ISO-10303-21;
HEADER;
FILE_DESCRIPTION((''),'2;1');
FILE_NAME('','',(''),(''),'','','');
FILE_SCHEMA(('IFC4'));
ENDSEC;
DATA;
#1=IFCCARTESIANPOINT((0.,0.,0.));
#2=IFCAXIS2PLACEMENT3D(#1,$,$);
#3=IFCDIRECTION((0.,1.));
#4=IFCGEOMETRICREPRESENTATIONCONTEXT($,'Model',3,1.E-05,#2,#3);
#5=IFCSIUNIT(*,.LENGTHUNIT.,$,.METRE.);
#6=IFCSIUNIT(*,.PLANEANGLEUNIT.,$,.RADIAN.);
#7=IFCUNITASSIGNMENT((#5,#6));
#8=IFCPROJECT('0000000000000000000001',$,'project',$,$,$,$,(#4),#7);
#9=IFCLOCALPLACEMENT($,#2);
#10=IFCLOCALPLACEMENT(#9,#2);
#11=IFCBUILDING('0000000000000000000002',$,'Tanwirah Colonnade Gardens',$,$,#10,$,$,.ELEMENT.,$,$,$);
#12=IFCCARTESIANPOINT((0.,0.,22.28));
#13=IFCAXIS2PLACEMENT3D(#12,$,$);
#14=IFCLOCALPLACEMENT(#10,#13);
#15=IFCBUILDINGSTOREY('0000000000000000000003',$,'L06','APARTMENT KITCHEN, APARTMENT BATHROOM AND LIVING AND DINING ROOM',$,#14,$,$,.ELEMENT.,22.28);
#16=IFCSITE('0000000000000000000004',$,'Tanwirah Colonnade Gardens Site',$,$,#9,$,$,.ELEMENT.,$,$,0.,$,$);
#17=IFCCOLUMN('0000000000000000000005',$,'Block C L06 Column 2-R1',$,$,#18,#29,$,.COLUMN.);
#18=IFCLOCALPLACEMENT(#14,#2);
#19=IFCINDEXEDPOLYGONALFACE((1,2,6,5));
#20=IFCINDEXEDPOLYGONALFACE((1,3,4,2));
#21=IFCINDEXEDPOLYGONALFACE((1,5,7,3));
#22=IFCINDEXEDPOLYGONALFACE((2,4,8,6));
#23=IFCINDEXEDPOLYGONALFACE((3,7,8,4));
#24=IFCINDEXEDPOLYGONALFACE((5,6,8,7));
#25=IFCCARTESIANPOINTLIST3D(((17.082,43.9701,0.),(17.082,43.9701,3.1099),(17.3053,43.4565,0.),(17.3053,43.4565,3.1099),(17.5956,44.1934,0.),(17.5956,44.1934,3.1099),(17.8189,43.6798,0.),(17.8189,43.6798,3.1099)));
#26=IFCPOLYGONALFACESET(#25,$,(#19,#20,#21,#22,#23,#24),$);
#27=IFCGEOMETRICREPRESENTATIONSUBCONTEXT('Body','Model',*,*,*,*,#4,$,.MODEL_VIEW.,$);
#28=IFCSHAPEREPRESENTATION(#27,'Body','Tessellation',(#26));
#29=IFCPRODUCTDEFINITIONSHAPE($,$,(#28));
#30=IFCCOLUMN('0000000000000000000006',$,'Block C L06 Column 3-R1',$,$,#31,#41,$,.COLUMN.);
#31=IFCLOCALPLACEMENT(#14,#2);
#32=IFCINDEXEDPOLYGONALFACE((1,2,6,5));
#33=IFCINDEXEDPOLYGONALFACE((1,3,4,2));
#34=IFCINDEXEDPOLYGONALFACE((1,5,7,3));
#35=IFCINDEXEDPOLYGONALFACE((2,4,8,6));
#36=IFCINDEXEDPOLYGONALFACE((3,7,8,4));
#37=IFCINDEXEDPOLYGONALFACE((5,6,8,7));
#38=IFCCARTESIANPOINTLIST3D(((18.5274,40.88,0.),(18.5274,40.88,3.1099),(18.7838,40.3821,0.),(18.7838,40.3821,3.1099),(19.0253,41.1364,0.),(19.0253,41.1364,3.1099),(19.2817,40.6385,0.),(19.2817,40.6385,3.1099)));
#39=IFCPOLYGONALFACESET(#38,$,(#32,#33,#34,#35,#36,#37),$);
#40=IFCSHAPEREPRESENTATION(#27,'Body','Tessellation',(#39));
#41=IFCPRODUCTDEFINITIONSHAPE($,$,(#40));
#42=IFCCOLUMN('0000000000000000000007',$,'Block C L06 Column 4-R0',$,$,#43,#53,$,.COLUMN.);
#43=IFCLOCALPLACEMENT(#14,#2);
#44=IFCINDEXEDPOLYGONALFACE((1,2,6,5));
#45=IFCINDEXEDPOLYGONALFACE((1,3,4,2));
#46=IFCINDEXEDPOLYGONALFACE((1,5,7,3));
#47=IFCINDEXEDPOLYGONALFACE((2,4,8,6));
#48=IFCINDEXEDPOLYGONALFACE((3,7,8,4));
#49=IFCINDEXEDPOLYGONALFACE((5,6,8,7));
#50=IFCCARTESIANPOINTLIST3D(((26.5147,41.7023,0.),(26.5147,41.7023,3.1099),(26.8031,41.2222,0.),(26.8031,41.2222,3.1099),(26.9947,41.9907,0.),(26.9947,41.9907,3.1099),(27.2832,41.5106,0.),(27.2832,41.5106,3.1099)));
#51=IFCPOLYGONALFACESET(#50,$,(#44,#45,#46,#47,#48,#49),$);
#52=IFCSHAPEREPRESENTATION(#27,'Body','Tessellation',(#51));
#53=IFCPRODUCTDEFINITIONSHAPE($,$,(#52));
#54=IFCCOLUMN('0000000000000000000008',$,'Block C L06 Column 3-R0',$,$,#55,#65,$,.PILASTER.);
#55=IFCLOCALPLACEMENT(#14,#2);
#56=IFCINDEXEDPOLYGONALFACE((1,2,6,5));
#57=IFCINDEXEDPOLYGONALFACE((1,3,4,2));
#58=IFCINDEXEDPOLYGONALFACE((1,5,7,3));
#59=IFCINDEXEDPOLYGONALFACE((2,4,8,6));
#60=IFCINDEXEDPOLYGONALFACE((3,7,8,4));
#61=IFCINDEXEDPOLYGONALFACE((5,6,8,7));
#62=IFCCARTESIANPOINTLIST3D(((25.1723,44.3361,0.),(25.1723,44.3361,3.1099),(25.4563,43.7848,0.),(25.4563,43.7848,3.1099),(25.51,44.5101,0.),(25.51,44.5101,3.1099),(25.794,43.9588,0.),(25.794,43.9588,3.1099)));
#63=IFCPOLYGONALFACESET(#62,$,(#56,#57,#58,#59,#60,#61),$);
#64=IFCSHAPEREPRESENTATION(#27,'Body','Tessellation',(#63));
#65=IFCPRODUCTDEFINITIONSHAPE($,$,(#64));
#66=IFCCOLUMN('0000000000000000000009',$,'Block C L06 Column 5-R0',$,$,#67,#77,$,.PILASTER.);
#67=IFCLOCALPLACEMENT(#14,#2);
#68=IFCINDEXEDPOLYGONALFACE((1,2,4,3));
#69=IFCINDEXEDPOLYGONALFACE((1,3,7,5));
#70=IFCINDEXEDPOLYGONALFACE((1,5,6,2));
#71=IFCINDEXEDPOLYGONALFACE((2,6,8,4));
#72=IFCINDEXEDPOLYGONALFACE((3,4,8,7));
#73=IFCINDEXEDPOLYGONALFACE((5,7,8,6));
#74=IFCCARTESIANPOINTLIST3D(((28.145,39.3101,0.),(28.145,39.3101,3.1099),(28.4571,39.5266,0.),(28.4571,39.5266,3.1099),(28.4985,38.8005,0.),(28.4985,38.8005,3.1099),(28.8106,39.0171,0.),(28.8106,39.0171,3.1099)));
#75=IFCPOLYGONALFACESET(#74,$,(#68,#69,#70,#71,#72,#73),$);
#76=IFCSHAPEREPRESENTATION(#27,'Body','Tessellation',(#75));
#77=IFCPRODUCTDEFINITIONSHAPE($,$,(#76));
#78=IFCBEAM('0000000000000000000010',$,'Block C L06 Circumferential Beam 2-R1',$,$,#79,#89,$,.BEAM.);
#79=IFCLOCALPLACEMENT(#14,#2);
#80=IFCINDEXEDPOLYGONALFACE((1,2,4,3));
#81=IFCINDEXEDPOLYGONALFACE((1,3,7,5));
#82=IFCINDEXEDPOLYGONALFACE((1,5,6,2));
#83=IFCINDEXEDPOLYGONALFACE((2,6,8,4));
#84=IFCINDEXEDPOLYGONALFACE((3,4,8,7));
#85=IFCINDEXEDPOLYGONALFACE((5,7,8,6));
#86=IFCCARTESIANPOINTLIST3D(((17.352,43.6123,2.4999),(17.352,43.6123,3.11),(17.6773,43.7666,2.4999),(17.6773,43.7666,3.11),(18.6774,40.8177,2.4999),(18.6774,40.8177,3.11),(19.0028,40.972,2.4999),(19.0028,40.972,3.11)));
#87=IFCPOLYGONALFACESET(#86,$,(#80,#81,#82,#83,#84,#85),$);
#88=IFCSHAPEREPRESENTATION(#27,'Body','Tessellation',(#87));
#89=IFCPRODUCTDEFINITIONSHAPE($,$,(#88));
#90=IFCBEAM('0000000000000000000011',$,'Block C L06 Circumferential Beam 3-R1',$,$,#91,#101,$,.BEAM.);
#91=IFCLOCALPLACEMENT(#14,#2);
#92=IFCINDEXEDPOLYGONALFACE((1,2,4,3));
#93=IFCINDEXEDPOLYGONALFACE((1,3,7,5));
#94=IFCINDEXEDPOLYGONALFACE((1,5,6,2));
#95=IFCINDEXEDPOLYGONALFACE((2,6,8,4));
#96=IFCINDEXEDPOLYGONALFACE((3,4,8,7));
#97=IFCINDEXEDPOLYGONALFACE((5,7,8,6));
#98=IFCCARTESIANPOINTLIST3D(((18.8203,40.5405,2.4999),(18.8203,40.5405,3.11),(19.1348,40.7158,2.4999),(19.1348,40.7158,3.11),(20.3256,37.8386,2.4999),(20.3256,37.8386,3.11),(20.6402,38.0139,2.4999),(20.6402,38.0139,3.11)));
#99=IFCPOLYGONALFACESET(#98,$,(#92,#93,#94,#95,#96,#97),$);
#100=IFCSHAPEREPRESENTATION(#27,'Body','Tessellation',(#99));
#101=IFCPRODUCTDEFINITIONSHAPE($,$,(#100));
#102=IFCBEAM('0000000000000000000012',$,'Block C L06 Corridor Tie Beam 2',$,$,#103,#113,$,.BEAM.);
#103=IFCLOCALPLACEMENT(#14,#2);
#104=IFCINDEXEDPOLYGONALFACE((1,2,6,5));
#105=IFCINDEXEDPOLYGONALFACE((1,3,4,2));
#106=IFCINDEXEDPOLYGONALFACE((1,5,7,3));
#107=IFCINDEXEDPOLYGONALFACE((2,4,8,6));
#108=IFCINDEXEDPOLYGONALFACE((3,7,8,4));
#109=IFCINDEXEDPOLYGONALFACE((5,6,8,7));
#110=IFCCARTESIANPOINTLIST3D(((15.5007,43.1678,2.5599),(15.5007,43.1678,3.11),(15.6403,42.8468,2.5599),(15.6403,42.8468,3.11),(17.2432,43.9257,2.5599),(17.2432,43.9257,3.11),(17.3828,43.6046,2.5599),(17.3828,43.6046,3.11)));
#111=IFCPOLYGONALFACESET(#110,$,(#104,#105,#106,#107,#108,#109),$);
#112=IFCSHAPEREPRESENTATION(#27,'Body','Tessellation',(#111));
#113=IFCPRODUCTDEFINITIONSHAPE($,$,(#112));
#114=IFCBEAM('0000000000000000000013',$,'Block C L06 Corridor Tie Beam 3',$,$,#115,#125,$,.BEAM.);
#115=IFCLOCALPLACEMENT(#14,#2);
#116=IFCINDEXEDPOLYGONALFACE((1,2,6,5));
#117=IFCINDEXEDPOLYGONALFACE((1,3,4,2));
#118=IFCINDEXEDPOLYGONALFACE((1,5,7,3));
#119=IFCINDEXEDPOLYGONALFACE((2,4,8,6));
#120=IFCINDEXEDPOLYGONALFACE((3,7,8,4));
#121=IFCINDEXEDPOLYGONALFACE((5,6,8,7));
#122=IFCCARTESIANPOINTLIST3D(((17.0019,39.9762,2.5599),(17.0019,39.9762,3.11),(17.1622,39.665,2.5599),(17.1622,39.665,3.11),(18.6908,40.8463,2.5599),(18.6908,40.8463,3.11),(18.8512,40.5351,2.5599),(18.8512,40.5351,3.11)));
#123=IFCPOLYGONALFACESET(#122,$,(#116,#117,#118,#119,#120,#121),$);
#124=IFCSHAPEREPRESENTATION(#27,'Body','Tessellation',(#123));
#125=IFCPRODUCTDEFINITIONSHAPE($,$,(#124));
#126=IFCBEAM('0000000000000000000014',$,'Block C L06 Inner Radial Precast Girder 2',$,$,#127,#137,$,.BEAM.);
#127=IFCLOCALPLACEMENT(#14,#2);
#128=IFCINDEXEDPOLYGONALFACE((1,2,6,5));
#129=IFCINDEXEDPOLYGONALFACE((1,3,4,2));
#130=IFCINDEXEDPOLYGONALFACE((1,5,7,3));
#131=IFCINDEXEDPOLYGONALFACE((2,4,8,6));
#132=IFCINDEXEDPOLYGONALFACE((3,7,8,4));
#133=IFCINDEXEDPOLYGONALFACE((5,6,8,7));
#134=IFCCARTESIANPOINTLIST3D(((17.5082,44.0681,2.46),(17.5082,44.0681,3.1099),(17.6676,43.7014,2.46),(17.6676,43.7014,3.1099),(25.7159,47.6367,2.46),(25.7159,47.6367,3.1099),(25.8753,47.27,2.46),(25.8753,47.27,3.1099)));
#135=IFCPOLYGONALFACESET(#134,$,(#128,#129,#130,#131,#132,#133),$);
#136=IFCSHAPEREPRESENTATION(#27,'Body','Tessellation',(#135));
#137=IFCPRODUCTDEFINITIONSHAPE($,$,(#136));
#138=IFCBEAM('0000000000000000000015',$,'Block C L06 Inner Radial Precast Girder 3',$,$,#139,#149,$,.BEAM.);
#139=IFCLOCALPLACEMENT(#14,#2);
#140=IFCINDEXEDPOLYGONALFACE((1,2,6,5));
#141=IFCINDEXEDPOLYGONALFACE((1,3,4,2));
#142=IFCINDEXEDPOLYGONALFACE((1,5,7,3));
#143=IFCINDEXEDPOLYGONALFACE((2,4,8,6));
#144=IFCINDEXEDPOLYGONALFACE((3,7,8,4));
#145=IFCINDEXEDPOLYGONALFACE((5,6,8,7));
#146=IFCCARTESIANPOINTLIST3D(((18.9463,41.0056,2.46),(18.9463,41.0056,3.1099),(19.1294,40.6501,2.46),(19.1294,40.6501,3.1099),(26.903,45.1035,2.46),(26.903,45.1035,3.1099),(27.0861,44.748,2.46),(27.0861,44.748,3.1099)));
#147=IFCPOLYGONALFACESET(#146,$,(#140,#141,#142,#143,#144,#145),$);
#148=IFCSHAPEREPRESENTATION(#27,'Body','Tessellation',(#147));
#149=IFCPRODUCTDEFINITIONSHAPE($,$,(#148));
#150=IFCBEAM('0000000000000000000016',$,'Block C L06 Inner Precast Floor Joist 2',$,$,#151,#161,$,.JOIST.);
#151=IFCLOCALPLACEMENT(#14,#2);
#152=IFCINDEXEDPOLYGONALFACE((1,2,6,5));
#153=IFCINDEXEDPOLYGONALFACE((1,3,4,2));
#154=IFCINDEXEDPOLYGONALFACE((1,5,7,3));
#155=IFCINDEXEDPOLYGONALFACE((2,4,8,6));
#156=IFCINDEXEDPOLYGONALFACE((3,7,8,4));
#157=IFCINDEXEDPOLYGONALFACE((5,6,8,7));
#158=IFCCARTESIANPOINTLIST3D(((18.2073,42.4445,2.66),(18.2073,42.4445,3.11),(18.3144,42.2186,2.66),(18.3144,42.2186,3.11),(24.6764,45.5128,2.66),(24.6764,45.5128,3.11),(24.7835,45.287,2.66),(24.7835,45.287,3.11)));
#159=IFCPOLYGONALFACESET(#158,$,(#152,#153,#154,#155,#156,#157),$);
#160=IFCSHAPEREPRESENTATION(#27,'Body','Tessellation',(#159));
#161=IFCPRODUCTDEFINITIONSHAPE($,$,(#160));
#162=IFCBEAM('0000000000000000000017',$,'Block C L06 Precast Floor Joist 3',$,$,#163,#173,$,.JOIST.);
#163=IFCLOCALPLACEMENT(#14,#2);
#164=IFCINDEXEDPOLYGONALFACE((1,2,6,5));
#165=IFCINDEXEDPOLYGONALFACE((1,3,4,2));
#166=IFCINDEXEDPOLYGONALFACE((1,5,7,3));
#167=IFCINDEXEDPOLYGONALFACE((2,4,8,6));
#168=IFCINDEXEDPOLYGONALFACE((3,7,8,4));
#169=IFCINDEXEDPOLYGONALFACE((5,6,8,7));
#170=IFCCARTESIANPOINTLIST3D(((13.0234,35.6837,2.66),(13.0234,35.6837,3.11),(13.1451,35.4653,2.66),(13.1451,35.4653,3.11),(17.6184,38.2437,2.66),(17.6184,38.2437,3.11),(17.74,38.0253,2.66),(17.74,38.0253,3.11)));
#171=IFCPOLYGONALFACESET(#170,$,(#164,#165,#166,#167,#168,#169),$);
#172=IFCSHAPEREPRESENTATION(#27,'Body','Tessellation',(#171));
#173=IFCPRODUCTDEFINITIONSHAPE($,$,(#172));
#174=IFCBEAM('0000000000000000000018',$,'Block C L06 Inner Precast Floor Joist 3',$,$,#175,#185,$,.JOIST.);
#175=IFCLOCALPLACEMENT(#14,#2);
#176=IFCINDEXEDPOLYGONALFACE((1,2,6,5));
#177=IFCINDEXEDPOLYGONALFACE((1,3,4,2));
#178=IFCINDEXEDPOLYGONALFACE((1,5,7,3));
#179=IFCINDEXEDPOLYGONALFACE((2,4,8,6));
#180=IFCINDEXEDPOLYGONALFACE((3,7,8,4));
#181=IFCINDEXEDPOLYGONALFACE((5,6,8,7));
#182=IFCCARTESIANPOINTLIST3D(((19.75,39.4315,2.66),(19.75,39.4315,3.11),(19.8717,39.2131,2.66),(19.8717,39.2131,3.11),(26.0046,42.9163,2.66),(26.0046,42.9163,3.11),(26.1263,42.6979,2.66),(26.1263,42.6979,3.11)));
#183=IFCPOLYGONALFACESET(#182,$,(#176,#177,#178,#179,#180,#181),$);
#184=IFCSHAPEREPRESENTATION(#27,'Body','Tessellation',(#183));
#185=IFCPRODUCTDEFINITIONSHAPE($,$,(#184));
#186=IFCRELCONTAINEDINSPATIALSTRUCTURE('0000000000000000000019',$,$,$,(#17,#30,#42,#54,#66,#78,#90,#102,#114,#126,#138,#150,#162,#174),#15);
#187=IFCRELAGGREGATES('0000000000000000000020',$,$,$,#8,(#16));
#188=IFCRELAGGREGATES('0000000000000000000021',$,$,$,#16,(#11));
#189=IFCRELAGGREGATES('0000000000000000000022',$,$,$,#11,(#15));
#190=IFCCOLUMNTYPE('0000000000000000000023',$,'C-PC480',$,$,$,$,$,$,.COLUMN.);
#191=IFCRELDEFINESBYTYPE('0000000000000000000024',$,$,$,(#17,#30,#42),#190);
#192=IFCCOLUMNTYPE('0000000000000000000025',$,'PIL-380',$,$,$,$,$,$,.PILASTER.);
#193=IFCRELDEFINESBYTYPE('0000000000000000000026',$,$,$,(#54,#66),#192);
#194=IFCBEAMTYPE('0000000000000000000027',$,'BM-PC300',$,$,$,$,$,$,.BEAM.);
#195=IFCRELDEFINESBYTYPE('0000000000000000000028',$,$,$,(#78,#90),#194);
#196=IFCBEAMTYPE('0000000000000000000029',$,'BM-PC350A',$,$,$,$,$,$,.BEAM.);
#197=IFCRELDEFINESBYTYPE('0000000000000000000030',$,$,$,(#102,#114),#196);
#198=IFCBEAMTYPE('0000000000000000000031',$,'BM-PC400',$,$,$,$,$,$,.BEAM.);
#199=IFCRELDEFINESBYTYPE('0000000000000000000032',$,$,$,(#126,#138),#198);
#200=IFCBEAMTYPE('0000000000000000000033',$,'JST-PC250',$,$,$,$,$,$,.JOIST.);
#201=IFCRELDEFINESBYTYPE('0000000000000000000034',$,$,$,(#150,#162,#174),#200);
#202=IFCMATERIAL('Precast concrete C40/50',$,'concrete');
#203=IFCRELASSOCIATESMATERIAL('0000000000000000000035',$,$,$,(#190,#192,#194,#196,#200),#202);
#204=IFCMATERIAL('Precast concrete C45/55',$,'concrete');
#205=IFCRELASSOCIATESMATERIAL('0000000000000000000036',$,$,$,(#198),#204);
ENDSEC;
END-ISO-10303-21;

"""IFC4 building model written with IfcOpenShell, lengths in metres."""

from ifc_helpers import new_model, si_unit, direction, frame, origin, origin_2d, place, context, subcontext, project, spatial, rectangle, extrude, material, material_profile, profile_set, type_object, element, save


model = new_model("IFC4")

# Units and contexts
model_context = context("Model", 3, precision=1e-05, world=origin(), true_north=direction((0.0, 1.0)))
body_context = subcontext(model_context, "Body", "Model", "MODEL_VIEW")
ifc_project = project(units=[si_unit("LENGTHUNIT", "METRE"), si_unit("PLANEANGLEUNIT", "RADIAN")], contexts=[model_context])

# Site, building, storey
site_placement = place(None, origin())
site = spatial("IfcSite", under=ifc_project, at=site_placement, Name="Tanwirah Colonnade Gardens Site", CompositionType="ELEMENT", RefElevation=0.0)
building_placement = place(site_placement, origin())
building = spatial("IfcBuilding", under=site, at=building_placement, Name="Tanwirah Colonnade Gardens", CompositionType="ELEMENT")
storey_placement = place(building_placement, frame((0.0, 0.0, 22.28)))
storey = spatial("IfcBuildingStorey", under=building, at=storey_placement, Name="L06", Description="APARTMENT KITCHEN, APARTMENT BATHROOM AND LIVING AND DINING ROOM", CompositionType="ELEMENT", Elevation=22.28)

# Columns
ifc_material_1 = material(Name="Precast concrete C40/50", Category="concrete")
ifc_material_profile_1 = material_profile(ifc_material_1, rectangle(XDim=0.5601, YDim=0.5601, at=origin_2d()), Name="PC-COL 560x560")
ifc_profile_set_1 = profile_set([ifc_material_profile_1], Name="Precast concrete C40/50")
column_type_1 = type_object("IfcColumnType", Name="C-PC480", PredefinedType="COLUMN", material=ifc_profile_set_1)
for number, where, z_axis, x_axis, name in (
    (1, (17.4504, 43.825, 0.0), (0.0, 0.0, 1.0), (-0.91706, -0.398749, 0.0), "Block C L06 Column 2-R1"),
    (2, (18.9045, 40.7593, 0.0), (0.0, 0.0, 1.0), (-0.889017, -0.457874, 0.0), "Block C L06 Column 3-R1"),
    (3, (26.8989, 41.6064, 0.0), (0.0, 0.0, 1.0), (-0.857167, -0.515038, 0.0), "Block C L06 Column 4-R0"),
):
    element("IfcColumn", number, at=place(storey_placement, frame(where, z_axis=z_axis, x_axis=x_axis)), inside=storey, type_object=column_type_1, Name=name, PredefinedType="COLUMN", context=body_context, shape_type="SweptSolid", body=[
        extrude(rectangle(XDim=0.5601, YDim=0.5601, at=origin_2d()), origin(), (0.0, 0.0, 1.0), 3.1099),
    ])
ifc_material_profile_2 = material_profile(ifc_material_1, rectangle(XDim=0.3799, YDim=0.6201, at=origin_2d()), Name="PC-PIL 380x620")
ifc_profile_set_2 = profile_set([ifc_material_profile_2], Name="Precast concrete C40/50")
column_type_2 = type_object("IfcColumnType", Name="PIL-380", PredefinedType="PILASTER", material=ifc_profile_set_2)
for number, where, z_axis, x_axis, name in (
    (4, (25.4832, 44.1475, 0.0), (0.0, 0.0, 1.0), (-0.889017, -0.457874, 0.0), "Block C L06 Column 3-R0"),
    (5, (28.4778, 39.1636, 0.0), (0.0, 0.0, 1.0), (-0.821647, -0.569997, 0.0), "Block C L06 Column 5-R0"),
):
    element("IfcColumn", number, at=place(storey_placement, frame(where, z_axis=z_axis, x_axis=x_axis)), inside=storey, type_object=column_type_2, Name=name, PredefinedType="PILASTER", context=body_context, shape_type="SweptSolid", body=[
        extrude(rectangle(XDim=0.3799, YDim=0.6201, at=origin_2d()), origin(), (0.0, 0.0, 1.0), 3.1099),
    ])

# Beams
ifc_material_profile_3 = material_profile(ifc_material_1, rectangle(XDim=0.3601, YDim=0.6101, at=origin_2d()), Name="PC-BM 360x610")
ifc_profile_set_3 = profile_set([ifc_material_profile_3], Name="Precast concrete C40/50")
beam_type_1 = type_object("IfcBeamType", Name="BM-PC300", PredefinedType="BEAM", material=ifc_profile_set_3)
for number, where, z_axis, x_axis, name in (
    (6, (17.5146, 43.6895, 2.8049), (0.428521, -0.903532, 0.0), (0.903532, 0.428521, 0.0), "Block C L06 Circumferential Beam 2-R1"),
    (7, (18.9775, 40.6282, 2.8049), (0.486708, -0.873565, 0.0), (0.873565, 0.486708, 0.0), "Block C L06 Circumferential Beam 3-R1"),
):
    element("IfcBeam", number, at=place(storey_placement, frame(where, z_axis=z_axis, x_axis=x_axis)), inside=storey, type_object=beam_type_1, Name=name, PredefinedType="BEAM", context=body_context, shape_type="SweptSolid", body=[
        extrude(rectangle(XDim=0.3601, YDim=0.6101, at=origin_2d()), origin(), (0.0, 0.0, 1.0), 3.093),
    ])
ifc_material_profile_4 = material_profile(ifc_material_1, rectangle(XDim=0.3501, YDim=0.55, at=origin_2d()), Name="PC-BM 350x550")
ifc_profile_set_4 = profile_set([ifc_material_profile_4], Name="Precast concrete C40/50")
beam_type_2 = type_object("IfcBeamType", Name="BM-PC350A", PredefinedType="BEAM", material=ifc_profile_set_4)
beam_1_placement = place(storey_placement, frame((17.313, 43.7651, 2.835), z_axis=(-0.917025, -0.398829, 0.0), x_axis=(0.398829, -0.917025, 0.0)))
element("IfcBeam", 8, at=beam_1_placement, inside=storey, type_object=beam_type_2, Name="Block C L06 Corridor Tie Beam 2", PredefinedType="BEAM", context=body_context, shape_type="SweptSolid", body=[
    extrude(rectangle(XDim=0.3501, YDim=0.55, at=origin_2d()), origin(), (0.0, 0.0, 1.0), 1.9001),
])
beam_2_placement = place(storey_placement, frame((18.771, 40.6907, 2.835), z_axis=(-0.888965, -0.457975, 0.0), x_axis=(0.457975, -0.888965, 0.0)))
element("IfcBeam", 9, at=beam_2_placement, inside=storey, type_object=beam_type_2, Name="Block C L06 Corridor Tie Beam 3", PredefinedType="BEAM", context=body_context, shape_type="SweptSolid", body=[
    extrude(rectangle(XDim=0.3501, YDim=0.55, at=origin_2d()), origin(), (0.0, 0.0, 1.0), 1.8999),
])
ifc_material_2 = material(Name="Precast concrete C45/55", Category="concrete")
ifc_material_profile_5 = material_profile(ifc_material_2, rectangle(XDim=0.3999, YDim=0.6499, at=origin_2d()), Name="PC-BM 400x650")
ifc_profile_set_5 = profile_set([ifc_material_profile_5], Name="Precast concrete C45/55")
beam_type_3 = type_object("IfcBeamType", Name="BM-PC400", PredefinedType="BEAM", material=ifc_profile_set_5)
for number, where, z_axis, x_axis, name in (
    (10, (17.5879, 43.8848, 2.7849), (0.91707, 0.398727, 0.0), (-0.398727, 0.91707, 0.0), "Block C L06 Inner Radial Precast Girder 2"),
    (11, (19.0378, 40.8279, 2.7849), (0.889022, 0.457864, 0.0), (-0.457864, 0.889022, 0.0), "Block C L06 Inner Radial Precast Girder 3"),
):
    element("IfcBeam", number, at=place(storey_placement, frame(where, z_axis=z_axis, x_axis=x_axis)), inside=storey, type_object=beam_type_3, Name=name, PredefinedType="BEAM", context=body_context, shape_type="SweptSolid", body=[
        extrude(rectangle(XDim=0.3999, YDim=0.6499, at=origin_2d()), origin(), (0.0, 0.0, 1.0), 8.95),
    ])
ifc_material_profile_6 = material_profile(ifc_material_1, rectangle(XDim=0.25, YDim=0.45, at=origin_2d()), Name="PC-JST 250x450")
ifc_profile_set_6 = profile_set([ifc_material_profile_6], Name="Precast concrete C40/50")
beam_type_4 = type_object("IfcBeamType", Name="JST-PC250", PredefinedType="JOIST", material=ifc_profile_set_6)
beam_3_placement = place(storey_placement, frame((24.73, 45.3999, 2.885), z_axis=(-0.903522, -0.428541, 0.0), x_axis=(0.428541, -0.903522, 0.0)))
element("IfcBeam", 12, at=beam_3_placement, inside=storey, type_object=beam_type_4, Name="Block C L06 Inner Precast Floor Joist 2", PredefinedType="JOIST", context=body_context, shape_type="SweptSolid", body=[
    extrude(rectangle(XDim=0.25, YDim=0.45, at=origin_2d()), origin(), (0.0, 0.0, 1.0), 7.1599),
])
beam_4_placement = place(storey_placement, frame((17.6792, 38.1345, 2.885), z_axis=(-0.873568, -0.486703, 0.0), x_axis=(0.486703, -0.873568, 0.0)))
element("IfcBeam", 13, at=beam_4_placement, inside=storey, type_object=beam_type_4, Name="Block C L06 Precast Floor Joist 3", PredefinedType="JOIST", context=body_context, shape_type="SweptSolid", body=[
    extrude(rectangle(XDim=0.25, YDim=0.45, at=origin_2d()), origin(), (0.0, 0.0, 1.0), 5.26),
])
beam_5_placement = place(storey_placement, frame((26.0654, 42.8071, 2.885), z_axis=(-0.87356, -0.486717, 0.0), x_axis=(0.486717, -0.87356, 0.0)))
element("IfcBeam", 14, at=beam_5_placement, inside=storey, type_object=beam_type_4, Name="Block C L06 Inner Precast Floor Joist 3", PredefinedType="JOIST", context=body_context, shape_type="SweptSolid", body=[
    extrude(rectangle(XDim=0.25, YDim=0.45, at=origin_2d()), origin(), (0.0, 0.0, 1.0), 7.1599),
])

save(model, "model.ifc")
